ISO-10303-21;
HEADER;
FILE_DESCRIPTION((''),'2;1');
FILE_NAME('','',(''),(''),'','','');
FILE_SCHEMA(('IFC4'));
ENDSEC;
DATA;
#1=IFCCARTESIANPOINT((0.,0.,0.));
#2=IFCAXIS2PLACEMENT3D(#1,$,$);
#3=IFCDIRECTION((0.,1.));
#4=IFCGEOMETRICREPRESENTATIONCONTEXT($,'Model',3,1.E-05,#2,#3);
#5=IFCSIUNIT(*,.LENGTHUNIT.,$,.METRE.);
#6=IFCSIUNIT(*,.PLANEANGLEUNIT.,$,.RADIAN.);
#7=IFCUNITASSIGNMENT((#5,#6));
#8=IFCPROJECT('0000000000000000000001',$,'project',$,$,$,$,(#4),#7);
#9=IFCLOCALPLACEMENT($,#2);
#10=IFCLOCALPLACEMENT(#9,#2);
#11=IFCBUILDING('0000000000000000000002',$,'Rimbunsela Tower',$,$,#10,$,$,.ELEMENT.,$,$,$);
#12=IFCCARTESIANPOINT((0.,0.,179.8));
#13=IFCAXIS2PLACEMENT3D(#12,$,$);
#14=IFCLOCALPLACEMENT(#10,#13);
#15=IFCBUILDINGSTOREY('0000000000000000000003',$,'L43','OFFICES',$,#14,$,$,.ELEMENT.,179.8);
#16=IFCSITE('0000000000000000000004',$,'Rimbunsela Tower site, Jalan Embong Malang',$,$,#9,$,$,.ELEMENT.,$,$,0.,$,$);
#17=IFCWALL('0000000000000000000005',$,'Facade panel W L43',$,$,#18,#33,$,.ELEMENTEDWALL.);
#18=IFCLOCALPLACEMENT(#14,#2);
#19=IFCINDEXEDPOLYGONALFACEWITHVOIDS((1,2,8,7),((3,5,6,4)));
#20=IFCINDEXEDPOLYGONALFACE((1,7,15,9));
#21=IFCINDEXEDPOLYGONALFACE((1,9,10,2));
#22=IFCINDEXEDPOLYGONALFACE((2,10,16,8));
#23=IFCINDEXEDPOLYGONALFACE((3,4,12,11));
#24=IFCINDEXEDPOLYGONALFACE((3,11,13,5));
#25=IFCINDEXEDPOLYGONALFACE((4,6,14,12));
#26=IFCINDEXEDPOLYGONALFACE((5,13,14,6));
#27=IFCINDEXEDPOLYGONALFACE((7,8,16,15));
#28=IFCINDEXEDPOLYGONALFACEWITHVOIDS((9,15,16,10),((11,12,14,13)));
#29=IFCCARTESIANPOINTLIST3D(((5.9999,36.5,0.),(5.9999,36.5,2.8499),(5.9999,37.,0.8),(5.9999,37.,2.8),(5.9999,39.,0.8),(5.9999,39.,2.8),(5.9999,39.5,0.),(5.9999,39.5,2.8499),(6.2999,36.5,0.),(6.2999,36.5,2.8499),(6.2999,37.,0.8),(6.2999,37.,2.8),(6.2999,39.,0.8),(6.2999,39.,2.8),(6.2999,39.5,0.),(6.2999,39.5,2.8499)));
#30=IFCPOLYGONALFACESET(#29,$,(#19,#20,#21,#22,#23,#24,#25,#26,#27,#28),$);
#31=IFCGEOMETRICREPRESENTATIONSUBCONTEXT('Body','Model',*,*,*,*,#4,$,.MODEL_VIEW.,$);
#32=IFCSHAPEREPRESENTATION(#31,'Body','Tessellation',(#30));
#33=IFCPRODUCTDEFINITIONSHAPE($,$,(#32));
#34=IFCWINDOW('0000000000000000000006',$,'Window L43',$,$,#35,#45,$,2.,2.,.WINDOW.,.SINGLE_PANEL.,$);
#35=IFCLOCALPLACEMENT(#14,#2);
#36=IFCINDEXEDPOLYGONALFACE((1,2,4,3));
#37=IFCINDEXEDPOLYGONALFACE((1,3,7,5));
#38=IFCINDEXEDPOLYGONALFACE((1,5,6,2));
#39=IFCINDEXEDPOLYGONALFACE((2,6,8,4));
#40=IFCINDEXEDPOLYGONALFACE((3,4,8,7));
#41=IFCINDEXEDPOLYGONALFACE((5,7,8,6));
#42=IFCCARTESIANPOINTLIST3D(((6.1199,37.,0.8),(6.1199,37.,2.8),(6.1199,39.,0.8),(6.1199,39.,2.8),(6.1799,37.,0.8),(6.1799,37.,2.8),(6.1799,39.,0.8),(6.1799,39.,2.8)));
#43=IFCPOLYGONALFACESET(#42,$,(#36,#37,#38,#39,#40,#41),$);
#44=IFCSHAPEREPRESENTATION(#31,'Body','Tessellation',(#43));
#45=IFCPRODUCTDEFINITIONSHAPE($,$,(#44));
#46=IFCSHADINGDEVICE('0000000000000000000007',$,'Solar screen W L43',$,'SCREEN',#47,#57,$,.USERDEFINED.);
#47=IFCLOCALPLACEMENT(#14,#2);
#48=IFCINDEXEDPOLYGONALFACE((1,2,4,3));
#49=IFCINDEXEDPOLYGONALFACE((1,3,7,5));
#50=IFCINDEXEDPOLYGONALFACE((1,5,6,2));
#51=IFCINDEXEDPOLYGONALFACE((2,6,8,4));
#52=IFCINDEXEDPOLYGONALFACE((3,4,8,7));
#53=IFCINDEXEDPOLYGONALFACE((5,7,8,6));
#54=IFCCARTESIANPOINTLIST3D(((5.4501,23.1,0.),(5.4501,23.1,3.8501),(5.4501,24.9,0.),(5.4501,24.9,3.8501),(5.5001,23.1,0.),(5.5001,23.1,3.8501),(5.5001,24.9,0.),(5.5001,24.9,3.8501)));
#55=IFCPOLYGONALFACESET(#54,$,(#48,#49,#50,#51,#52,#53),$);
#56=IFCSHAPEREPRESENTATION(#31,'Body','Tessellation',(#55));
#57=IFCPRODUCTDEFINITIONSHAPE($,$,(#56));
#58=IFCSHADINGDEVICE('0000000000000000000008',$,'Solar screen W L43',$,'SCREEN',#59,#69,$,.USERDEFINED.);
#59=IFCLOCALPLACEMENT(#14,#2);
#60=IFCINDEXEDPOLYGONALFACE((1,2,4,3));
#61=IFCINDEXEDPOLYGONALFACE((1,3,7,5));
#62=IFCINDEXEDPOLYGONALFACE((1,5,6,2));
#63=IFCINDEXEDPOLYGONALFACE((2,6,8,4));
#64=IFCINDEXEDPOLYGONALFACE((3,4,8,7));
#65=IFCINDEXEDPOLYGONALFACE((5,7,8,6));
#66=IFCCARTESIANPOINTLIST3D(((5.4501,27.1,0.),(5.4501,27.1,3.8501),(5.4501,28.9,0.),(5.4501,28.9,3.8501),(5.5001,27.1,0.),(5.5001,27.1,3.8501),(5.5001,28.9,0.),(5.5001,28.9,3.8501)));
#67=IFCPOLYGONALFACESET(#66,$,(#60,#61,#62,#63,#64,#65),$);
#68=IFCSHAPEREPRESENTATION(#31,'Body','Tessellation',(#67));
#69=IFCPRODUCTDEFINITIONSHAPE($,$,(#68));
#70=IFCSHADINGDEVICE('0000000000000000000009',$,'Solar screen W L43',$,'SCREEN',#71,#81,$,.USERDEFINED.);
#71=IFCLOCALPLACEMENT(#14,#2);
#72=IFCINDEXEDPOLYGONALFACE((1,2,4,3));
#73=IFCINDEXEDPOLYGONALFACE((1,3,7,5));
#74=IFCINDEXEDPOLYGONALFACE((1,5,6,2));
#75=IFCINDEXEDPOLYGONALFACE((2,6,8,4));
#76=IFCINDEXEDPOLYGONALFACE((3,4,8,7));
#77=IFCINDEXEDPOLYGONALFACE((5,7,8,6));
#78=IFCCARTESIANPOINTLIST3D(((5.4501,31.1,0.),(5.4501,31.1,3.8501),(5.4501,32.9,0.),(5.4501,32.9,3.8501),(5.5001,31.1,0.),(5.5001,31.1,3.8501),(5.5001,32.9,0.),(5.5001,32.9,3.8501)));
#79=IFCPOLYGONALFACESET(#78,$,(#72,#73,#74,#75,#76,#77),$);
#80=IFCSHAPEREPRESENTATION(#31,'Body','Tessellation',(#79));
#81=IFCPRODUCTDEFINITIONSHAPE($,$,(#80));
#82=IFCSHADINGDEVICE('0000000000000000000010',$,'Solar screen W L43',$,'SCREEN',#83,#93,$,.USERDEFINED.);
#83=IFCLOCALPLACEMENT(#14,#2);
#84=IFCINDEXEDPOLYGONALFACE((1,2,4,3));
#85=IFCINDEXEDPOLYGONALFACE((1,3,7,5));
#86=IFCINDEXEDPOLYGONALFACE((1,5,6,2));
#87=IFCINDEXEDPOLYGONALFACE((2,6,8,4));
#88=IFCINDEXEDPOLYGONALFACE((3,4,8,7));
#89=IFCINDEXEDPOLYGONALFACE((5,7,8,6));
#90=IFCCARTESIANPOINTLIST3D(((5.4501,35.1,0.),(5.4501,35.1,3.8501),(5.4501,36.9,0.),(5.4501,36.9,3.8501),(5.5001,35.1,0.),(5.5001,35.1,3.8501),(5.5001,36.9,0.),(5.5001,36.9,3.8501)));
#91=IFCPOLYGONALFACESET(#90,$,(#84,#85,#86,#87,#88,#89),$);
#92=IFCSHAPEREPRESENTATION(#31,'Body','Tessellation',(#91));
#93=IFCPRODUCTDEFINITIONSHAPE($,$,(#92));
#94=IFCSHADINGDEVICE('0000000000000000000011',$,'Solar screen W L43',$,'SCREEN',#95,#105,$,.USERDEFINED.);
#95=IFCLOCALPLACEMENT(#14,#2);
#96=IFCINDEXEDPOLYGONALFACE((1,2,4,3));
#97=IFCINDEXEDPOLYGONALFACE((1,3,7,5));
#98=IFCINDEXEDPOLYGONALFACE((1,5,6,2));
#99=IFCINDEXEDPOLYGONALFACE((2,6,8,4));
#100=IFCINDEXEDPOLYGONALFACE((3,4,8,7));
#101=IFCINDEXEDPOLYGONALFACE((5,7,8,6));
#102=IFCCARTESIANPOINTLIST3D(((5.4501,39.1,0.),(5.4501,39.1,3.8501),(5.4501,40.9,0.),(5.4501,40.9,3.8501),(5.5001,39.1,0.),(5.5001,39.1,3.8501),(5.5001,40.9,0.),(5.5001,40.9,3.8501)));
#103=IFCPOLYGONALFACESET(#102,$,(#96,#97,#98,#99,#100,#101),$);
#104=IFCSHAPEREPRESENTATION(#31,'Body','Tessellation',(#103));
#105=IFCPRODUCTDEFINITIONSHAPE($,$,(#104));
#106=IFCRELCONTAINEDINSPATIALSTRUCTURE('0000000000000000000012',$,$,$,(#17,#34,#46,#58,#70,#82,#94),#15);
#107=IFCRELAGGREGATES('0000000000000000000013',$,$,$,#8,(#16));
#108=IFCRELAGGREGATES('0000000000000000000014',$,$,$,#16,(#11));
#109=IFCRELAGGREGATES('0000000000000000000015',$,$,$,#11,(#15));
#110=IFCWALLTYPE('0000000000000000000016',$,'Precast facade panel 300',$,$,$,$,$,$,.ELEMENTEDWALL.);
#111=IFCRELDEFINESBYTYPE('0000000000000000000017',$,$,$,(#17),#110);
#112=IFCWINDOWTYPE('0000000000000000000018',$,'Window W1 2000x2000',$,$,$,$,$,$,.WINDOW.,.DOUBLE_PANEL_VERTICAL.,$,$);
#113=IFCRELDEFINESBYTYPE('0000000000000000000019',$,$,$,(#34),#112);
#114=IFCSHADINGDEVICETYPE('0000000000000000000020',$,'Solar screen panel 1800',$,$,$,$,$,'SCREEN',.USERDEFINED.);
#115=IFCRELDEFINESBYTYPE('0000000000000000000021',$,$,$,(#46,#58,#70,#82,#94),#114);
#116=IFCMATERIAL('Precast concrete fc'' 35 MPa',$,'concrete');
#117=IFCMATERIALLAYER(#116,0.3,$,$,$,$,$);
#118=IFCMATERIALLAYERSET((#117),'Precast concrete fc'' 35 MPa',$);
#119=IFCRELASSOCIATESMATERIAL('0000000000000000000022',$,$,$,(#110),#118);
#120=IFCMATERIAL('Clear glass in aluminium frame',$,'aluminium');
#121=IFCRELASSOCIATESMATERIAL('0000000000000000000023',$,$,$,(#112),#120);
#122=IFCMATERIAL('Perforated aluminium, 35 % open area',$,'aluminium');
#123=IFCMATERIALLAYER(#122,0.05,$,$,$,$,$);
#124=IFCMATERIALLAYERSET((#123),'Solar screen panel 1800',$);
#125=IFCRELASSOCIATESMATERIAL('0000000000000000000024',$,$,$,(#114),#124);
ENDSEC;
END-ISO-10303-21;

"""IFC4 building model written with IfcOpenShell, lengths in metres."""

from ifc_helpers import new_model, si_unit, direction, frame, frame_2d, origin, origin_2d, place, context, subcontext, project, spatial, rectangle, extrude, material, layer, layer_set, type_object, element, fill, save


model = new_model("IFC4")

# Units and contexts
model_context = context("Model", 3, precision=1e-05, world=origin(), true_north=direction((0.0, 1.0)))
body_context = subcontext(model_context, "Body", "Model", "MODEL_VIEW")
ifc_project = project(units=[si_unit("LENGTHUNIT", "METRE"), si_unit("PLANEANGLEUNIT", "RADIAN")], contexts=[model_context])

# Site, building, storey
site_placement = place(None, origin())
site = spatial("IfcSite", under=ifc_project, at=site_placement, Name="Rimbunsela Tower site, Jalan Embong Malang", CompositionType="ELEMENT", RefElevation=0.0)
building_placement = place(site_placement, origin())
building = spatial("IfcBuilding", under=site, at=building_placement, Name="Rimbunsela Tower", CompositionType="ELEMENT")
storey_placement = place(building_placement, frame((0.0, 0.0, 179.8)))
storey = spatial("IfcBuildingStorey", under=building, at=storey_placement, Name="L43", Description="OFFICES", CompositionType="ELEMENT", Elevation=179.8)

# Wall, opening, window
ifc_material_1 = material(Name="Precast concrete fc' 35 MPa", Category="concrete")
ifc_layer_1 = layer(ifc_material_1, 0.3)
ifc_layer_set_1 = layer_set([ifc_layer_1], Name="Precast concrete fc' 35 MPa")
wall_type = type_object("IfcWallType", Name="Precast facade panel 300", PredefinedType="ELEMENTEDWALL", material=ifc_layer_set_1)
ifc_material_2 = material(Name="Clear glass in aluminium frame", Category="aluminium")
window_type = type_object("IfcWindowType", Name="Window W1 2000x2000", PartitioningType="DOUBLE_PANEL_VERTICAL", PredefinedType="WINDOW", material=ifc_material_2)
wall_1_placement = place(storey_placement, frame((6.1499, 39.5, 0.0), z_axis=(0.0, 0.0, 1.0), x_axis=(0.0, -1.0, 0.0)))
wall_1 = element("IfcWall", 1, at=wall_1_placement, inside=storey, type_object=wall_type, Name="Facade panel W L43", PredefinedType="ELEMENTEDWALL", context=body_context, shape_type="SweptSolid", body=[
    extrude(rectangle(XDim=3.0, YDim=0.3, at=frame_2d((1.5, 0.0))), origin(), (0.0, 0.0, 1.0), 2.8499),
])
opening_1_placement = place(wall_1_placement, frame((0.5, 0.0, 0.8)))
opening_1 = element("IfcOpeningElement", 2, at=opening_1_placement, cuts=wall_1, PredefinedType="OPENING", context=body_context, shape_type="SweptSolid", body=[
    extrude(rectangle(XDim=2.0, YDim=2.0, at=frame_2d((1.0, 1.0))), frame((0.0, 0.1599, 0.0), z_axis=(0.0, -1.0, 0.0), x_axis=(1.0, 0.0, 0.0)), (0.0, 0.0, 1.0), 0.3201),
])
window_1_placement = place(opening_1_placement, origin())
window_1 = element("IfcWindow", 3, at=window_1_placement, inside=storey, type_object=window_type, Name="Window L43", OverallHeight=2.0, OverallWidth=2.0, PartitioningType="SINGLE_PANEL", PredefinedType="WINDOW", context=body_context, shape_type="SweptSolid", body=[
    extrude(rectangle(XDim=2.0, YDim=2.0, at=frame_2d((1.0, 1.0))), frame((0.0, 0.03, 0.0), z_axis=(0.0, -1.0, 0.0), x_axis=(1.0, 0.0, 0.0)), (0.0, 0.0, 1.0), 0.0601),
])
fill(opening_1, window_1)

# Shading devices
ifc_material_3 = material(Name="Perforated aluminium, 35 % open area", Category="aluminium")
ifc_layer_2 = layer(ifc_material_3, 0.05)
ifc_layer_set_2 = layer_set([ifc_layer_2], Name="Solar screen panel 1800")
shading_device_type = type_object("IfcShadingDeviceType", Name="Solar screen panel 1800", ElementType="SCREEN", PredefinedType="USERDEFINED", material=ifc_layer_set_2)
for number, where, z_axis, x_axis, name in (
    (4, (5.4751, 24.0, 0.0), (0.0, 0.0, 1.0), (0.0, 1.0, 0.0), "Solar screen W L43"),
    (5, (5.4751, 28.0, 0.0), (0.0, 0.0, 1.0), (0.0, 1.0, 0.0), "Solar screen W L43"),
    (6, (5.4751, 32.0, 0.0), (0.0, 0.0, 1.0), (0.0, 1.0, 0.0), "Solar screen W L43"),
    (7, (5.4751, 36.0, 0.0), (0.0, 0.0, 1.0), (0.0, 1.0, 0.0), "Solar screen W L43"),
    (8, (5.4751, 40.0, 0.0), (0.0, 0.0, 1.0), (0.0, 1.0, 0.0), "Solar screen W L43"),
):
    element("IfcShadingDevice", number, at=place(storey_placement, frame(where, z_axis=z_axis, x_axis=x_axis)), inside=storey, type_object=shading_device_type, Name=name, ObjectType="SCREEN", PredefinedType="USERDEFINED", context=body_context, shape_type="SweptSolid", body=[
        extrude(rectangle(XDim=1.8, YDim=0.05, at=origin_2d()), origin(), (0.0, 0.0, 1.0), 3.8501),
    ])

save(model, "model.ifc")
